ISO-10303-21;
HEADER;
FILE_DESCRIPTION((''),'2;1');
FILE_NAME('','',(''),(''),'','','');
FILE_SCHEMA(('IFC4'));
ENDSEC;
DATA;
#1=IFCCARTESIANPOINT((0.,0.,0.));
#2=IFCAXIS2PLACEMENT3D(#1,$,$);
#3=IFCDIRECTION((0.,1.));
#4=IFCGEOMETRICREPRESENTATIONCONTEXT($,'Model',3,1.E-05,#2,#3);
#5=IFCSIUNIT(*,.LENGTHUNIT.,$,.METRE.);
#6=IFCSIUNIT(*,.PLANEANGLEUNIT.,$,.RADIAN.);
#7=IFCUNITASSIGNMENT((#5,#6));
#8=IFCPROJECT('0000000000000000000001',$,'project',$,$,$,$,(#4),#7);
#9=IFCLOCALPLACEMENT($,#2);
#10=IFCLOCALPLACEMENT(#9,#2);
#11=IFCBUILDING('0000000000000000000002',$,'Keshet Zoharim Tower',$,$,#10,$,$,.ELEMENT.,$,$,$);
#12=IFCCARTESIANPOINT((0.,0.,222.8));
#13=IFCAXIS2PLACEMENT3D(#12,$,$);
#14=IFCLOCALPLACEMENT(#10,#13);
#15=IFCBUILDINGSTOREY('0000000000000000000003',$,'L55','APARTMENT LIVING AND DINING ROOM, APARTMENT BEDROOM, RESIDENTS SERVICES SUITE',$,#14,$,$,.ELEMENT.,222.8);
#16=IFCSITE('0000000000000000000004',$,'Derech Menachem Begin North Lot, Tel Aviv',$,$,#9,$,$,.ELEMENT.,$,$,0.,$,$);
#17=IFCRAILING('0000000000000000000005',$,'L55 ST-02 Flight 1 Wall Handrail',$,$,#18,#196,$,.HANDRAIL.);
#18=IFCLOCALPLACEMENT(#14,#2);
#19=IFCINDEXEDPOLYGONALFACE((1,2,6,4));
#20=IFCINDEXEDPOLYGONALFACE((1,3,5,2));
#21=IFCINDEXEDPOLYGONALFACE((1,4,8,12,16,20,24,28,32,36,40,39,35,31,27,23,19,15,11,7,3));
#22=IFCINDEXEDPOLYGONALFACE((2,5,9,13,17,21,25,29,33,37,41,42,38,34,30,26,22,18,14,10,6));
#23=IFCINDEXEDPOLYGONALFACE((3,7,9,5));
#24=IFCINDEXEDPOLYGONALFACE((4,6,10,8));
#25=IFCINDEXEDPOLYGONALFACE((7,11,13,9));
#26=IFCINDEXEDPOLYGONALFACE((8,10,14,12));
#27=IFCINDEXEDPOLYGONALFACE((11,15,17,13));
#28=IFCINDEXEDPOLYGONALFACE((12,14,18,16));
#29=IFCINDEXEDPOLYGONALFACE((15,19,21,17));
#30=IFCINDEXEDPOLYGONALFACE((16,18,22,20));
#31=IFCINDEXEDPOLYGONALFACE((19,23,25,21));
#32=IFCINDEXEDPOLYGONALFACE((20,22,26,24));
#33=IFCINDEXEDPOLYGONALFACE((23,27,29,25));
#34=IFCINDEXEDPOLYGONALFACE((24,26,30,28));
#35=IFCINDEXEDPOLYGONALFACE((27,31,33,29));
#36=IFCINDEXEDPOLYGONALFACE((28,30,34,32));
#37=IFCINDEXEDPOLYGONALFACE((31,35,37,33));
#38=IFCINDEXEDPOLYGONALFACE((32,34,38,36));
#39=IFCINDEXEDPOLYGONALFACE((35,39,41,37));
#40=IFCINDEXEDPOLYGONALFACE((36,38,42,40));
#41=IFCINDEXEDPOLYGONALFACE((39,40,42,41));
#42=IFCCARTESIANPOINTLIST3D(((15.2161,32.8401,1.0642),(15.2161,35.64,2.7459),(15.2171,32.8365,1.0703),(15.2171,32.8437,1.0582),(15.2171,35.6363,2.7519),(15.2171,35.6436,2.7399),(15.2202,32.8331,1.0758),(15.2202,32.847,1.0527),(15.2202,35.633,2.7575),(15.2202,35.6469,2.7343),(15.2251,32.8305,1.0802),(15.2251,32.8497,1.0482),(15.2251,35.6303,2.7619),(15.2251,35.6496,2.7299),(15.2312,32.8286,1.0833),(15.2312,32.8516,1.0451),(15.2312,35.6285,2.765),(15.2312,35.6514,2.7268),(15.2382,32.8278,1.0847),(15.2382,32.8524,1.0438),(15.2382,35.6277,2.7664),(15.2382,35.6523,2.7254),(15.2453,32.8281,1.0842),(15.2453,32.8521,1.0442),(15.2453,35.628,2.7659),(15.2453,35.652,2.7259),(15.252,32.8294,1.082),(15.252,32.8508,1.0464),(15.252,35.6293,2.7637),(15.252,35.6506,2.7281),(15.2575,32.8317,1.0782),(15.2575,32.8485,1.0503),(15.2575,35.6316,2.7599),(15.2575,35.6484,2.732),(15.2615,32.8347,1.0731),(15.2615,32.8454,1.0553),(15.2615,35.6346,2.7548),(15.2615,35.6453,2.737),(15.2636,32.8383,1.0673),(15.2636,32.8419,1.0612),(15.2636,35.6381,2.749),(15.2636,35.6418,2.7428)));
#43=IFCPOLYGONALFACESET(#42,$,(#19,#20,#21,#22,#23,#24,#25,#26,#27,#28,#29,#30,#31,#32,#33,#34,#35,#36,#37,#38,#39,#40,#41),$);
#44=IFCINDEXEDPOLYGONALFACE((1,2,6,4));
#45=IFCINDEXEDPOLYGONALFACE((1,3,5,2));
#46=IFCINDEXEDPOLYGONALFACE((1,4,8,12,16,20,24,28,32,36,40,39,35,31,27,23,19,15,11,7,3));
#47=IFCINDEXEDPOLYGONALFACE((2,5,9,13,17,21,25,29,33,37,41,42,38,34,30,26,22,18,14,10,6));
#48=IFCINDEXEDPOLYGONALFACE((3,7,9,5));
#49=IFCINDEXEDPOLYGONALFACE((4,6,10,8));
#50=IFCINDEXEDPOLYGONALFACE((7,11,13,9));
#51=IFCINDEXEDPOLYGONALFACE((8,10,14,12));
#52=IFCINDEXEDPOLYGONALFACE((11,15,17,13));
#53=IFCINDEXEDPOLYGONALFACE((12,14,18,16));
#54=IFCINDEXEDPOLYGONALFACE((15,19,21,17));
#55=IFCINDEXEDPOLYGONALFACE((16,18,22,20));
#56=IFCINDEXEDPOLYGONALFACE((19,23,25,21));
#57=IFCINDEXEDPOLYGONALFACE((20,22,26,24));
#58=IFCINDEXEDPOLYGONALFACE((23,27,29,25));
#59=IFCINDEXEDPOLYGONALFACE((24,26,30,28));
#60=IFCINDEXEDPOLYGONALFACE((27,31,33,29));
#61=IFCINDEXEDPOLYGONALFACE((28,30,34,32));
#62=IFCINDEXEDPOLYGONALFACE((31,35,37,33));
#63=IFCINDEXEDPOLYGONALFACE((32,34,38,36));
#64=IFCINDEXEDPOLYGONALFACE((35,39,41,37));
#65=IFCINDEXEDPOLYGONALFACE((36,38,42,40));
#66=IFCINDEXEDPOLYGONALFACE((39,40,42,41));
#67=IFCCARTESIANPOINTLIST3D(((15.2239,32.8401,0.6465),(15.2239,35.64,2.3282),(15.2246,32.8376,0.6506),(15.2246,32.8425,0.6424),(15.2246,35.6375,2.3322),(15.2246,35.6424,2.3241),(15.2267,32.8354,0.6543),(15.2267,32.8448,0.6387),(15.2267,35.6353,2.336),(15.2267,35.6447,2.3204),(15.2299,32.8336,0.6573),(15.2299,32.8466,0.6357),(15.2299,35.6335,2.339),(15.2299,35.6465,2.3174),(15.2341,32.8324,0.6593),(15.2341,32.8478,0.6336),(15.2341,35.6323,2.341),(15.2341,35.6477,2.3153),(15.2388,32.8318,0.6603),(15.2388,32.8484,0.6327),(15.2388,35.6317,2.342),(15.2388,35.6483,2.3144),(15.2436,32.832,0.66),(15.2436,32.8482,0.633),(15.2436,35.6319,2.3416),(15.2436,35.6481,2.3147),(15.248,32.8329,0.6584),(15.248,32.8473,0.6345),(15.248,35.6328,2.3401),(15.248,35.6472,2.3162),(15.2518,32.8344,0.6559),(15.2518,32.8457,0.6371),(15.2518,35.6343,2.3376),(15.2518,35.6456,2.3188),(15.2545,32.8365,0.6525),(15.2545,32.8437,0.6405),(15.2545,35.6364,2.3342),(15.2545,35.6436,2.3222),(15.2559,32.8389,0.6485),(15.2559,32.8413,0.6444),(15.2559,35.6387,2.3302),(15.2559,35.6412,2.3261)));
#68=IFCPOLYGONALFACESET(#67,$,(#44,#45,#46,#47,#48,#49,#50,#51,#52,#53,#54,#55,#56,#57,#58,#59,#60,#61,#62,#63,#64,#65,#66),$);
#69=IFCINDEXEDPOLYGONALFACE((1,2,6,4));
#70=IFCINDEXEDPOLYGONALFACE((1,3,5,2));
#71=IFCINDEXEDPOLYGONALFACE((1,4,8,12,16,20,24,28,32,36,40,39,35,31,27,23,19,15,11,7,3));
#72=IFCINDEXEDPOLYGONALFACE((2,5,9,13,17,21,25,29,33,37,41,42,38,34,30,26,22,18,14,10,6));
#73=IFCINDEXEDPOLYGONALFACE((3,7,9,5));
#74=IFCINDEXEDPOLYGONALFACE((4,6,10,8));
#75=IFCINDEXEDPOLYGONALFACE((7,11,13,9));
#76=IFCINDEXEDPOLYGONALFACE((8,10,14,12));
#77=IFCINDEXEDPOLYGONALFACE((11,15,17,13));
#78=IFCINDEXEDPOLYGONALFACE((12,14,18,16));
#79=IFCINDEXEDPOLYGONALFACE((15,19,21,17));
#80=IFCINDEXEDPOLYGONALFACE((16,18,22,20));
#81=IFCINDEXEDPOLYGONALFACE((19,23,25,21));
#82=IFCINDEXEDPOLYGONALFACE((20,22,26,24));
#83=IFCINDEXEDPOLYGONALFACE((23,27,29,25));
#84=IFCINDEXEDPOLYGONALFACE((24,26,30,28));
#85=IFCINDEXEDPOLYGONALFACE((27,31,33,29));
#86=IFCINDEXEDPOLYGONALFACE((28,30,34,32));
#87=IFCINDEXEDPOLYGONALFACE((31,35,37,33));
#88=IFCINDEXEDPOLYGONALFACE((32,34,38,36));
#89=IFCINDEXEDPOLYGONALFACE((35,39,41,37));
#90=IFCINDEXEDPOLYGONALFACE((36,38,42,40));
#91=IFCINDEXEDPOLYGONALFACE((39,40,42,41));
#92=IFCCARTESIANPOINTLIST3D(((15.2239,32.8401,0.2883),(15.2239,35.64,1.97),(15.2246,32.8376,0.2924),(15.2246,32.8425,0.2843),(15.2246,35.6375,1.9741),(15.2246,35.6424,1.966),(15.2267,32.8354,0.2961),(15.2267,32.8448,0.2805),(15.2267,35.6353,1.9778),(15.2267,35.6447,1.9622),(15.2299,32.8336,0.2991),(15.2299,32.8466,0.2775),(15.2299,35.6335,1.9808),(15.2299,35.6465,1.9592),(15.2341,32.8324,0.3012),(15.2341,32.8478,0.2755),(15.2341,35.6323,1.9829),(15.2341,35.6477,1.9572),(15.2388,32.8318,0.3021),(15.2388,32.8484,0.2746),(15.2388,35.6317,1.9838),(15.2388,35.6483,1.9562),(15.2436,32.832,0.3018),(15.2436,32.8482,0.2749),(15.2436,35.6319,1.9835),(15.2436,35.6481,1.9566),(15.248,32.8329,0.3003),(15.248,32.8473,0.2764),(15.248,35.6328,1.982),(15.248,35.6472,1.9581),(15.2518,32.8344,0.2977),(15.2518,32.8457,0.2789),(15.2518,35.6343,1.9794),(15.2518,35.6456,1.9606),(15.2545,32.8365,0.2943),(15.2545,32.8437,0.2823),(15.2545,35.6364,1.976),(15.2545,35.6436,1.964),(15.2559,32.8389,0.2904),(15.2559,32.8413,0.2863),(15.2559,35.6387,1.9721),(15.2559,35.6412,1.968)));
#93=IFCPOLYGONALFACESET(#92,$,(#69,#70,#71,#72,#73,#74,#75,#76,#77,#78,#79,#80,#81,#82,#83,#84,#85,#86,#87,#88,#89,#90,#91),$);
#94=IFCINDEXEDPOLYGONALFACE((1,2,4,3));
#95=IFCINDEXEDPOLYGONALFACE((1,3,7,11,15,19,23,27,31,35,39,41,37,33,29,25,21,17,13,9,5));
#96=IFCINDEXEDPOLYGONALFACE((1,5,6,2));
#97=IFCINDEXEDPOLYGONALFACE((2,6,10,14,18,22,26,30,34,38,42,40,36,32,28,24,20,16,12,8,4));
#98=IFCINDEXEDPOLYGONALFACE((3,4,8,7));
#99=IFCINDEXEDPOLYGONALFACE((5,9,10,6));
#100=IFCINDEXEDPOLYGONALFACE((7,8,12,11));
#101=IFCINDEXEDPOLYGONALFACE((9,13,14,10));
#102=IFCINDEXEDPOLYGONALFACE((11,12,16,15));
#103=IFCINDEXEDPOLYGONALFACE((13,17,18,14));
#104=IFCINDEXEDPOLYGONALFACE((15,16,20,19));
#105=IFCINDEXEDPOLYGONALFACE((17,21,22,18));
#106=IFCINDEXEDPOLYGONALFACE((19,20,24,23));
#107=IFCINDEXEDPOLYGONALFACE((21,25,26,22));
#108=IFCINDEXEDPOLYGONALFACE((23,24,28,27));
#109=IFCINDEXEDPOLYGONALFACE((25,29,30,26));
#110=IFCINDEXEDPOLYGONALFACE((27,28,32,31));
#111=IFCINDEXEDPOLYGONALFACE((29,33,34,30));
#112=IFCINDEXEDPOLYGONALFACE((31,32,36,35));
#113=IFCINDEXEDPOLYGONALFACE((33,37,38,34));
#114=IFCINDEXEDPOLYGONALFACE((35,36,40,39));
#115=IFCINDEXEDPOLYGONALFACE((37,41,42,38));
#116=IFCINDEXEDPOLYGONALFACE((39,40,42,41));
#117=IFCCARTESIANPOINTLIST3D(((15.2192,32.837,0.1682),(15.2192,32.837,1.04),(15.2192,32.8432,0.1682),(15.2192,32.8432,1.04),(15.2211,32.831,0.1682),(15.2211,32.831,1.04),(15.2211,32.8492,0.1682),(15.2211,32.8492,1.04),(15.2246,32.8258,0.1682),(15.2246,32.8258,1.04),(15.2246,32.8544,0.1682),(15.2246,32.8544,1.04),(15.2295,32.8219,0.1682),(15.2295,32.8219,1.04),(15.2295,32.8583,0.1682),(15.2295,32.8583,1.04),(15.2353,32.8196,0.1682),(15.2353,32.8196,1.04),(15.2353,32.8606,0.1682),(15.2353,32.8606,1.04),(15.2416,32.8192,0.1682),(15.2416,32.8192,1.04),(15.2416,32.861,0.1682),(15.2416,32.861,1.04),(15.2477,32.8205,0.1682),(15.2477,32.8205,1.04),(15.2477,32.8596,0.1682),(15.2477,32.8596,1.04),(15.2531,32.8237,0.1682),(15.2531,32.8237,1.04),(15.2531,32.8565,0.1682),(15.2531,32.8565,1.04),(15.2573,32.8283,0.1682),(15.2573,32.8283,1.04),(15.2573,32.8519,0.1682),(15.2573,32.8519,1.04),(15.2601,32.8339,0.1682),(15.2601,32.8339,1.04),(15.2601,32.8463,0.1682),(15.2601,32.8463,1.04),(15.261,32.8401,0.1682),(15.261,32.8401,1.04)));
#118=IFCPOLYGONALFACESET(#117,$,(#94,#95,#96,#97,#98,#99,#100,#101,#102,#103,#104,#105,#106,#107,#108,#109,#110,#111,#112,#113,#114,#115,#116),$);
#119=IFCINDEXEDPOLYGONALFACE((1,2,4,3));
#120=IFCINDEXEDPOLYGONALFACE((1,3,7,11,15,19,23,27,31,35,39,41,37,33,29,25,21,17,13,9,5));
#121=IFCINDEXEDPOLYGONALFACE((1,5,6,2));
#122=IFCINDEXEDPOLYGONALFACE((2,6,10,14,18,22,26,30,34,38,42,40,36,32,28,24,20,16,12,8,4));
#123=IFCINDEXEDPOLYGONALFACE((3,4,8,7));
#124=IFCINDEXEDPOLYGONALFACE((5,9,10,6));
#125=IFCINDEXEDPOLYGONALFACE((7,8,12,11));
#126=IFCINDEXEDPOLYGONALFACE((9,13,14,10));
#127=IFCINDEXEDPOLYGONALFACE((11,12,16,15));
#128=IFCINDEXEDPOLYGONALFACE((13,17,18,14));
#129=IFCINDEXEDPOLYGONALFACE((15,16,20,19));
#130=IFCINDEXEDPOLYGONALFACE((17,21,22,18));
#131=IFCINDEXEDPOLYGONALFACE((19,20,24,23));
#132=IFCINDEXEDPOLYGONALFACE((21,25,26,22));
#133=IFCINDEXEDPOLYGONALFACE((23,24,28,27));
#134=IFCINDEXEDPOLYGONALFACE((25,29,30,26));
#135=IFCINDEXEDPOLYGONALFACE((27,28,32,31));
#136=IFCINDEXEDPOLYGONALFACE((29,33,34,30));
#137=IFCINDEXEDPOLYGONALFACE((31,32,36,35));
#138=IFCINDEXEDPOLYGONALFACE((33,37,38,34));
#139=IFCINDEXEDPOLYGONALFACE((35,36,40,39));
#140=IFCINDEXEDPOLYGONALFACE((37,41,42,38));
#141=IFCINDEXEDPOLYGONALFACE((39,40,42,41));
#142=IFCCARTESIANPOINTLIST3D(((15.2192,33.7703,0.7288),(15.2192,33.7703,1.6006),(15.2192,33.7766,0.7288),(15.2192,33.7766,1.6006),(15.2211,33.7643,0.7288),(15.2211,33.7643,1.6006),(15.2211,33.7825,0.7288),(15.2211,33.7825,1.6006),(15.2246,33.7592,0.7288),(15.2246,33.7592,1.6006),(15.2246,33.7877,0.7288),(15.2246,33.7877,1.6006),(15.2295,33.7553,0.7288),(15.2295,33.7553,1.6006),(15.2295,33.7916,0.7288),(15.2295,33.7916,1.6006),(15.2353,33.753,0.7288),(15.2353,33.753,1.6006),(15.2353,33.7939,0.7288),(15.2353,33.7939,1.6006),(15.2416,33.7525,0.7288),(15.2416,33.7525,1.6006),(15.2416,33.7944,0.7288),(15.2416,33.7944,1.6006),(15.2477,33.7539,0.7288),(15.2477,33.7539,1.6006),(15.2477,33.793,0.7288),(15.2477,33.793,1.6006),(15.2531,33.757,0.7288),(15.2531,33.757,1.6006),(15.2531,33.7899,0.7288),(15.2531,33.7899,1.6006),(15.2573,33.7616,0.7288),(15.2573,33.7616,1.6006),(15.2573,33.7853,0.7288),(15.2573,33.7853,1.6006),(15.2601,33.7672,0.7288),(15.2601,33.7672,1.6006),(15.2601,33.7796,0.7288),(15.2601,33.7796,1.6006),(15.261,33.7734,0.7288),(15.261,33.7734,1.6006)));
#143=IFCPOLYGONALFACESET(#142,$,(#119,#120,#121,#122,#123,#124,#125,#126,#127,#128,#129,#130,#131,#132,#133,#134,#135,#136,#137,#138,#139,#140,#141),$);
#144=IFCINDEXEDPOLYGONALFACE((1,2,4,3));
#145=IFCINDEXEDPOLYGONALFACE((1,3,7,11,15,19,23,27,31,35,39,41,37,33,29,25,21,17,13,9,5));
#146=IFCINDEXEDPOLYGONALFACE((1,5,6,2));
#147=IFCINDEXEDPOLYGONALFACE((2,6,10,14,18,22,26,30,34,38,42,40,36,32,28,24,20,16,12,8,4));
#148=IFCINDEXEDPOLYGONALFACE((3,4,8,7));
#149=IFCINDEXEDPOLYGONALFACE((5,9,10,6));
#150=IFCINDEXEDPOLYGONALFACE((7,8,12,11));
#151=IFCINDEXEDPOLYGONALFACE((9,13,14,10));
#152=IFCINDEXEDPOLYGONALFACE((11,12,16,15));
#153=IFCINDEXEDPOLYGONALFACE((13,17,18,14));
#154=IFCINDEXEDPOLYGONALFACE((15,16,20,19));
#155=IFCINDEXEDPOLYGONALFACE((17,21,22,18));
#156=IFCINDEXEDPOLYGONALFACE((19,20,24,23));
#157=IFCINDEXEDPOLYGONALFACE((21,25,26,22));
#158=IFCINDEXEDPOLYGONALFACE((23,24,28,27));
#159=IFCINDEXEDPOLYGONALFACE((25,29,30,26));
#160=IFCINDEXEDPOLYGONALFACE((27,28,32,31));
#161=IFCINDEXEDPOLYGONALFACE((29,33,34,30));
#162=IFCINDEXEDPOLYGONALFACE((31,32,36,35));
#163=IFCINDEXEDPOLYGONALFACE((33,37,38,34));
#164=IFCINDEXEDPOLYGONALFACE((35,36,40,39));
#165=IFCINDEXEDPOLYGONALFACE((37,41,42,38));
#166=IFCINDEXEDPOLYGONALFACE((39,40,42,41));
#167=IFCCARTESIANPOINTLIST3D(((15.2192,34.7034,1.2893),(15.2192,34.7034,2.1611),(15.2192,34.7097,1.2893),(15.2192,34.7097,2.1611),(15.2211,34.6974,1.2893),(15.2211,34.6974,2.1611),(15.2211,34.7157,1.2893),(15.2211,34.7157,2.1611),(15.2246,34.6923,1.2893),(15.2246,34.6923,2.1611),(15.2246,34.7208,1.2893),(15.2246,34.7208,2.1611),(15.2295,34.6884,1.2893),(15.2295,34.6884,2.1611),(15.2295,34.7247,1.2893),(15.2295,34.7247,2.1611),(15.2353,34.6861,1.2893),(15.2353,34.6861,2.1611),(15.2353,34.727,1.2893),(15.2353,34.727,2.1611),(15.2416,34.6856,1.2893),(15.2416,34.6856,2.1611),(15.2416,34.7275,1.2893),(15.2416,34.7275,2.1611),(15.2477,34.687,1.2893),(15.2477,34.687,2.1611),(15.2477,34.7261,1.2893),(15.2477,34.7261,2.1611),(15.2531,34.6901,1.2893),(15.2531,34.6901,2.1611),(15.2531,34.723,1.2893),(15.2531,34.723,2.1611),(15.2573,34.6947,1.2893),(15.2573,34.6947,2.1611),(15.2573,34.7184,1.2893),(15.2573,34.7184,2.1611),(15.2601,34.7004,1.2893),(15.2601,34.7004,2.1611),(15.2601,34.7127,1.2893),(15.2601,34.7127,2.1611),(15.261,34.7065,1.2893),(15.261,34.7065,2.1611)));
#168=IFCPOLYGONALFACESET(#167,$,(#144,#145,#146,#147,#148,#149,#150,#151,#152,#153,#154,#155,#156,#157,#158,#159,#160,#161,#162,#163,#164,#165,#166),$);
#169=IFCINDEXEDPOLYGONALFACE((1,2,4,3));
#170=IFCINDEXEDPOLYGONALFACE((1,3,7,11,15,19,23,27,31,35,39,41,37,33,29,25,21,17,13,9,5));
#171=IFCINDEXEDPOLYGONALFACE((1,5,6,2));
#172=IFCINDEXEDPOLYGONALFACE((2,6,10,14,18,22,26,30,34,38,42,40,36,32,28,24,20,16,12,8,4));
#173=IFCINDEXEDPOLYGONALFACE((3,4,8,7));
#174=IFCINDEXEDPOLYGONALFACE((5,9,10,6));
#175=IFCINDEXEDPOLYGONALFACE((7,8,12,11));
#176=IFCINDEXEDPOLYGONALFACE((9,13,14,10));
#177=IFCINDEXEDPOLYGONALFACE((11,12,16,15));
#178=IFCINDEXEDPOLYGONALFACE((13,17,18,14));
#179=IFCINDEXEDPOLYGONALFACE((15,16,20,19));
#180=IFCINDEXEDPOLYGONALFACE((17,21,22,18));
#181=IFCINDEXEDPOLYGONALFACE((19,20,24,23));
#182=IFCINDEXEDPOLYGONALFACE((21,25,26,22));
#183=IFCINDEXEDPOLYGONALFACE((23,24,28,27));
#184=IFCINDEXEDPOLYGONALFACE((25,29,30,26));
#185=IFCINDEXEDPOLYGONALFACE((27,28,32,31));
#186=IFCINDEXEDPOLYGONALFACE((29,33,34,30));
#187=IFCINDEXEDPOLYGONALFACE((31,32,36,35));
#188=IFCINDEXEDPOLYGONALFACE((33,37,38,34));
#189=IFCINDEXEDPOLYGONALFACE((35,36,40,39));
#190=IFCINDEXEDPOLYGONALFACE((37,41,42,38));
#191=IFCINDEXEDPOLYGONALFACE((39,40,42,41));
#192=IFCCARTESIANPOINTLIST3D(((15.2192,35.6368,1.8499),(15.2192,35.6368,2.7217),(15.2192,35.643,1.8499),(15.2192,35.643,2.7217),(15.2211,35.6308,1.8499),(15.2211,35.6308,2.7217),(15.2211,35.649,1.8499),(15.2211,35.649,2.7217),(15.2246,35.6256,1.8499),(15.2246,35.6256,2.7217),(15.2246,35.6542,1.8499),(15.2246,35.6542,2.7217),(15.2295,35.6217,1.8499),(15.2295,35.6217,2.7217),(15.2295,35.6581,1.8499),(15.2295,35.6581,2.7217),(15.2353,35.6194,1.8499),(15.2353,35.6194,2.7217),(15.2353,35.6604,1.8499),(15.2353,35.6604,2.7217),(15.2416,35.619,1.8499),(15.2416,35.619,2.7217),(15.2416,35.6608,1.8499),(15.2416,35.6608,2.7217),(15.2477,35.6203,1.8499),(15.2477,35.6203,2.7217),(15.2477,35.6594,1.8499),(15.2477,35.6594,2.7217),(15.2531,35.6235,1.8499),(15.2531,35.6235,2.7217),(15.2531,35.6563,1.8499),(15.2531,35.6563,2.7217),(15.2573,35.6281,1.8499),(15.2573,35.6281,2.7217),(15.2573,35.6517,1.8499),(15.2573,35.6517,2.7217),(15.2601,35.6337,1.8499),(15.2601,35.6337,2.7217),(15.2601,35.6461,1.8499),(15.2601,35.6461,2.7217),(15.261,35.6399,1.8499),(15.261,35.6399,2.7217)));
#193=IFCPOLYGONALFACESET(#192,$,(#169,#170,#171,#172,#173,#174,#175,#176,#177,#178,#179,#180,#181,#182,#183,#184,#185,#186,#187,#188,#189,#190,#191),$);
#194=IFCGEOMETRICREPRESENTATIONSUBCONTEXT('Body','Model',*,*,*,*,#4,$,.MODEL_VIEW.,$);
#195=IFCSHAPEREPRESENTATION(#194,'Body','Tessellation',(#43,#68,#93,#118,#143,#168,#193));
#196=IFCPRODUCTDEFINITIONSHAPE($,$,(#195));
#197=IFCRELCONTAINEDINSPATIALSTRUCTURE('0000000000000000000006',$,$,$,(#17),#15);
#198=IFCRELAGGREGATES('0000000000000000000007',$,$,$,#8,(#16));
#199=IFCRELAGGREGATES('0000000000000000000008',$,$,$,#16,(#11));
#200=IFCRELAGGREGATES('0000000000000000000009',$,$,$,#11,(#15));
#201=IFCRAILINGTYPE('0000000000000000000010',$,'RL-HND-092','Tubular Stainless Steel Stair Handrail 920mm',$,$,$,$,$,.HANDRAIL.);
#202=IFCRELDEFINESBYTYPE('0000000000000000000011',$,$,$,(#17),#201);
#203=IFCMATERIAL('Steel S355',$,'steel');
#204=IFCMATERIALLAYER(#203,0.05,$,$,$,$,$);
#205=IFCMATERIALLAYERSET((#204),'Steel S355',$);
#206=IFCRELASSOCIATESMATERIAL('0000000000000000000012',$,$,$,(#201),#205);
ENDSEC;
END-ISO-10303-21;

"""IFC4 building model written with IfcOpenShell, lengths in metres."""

from ifc_helpers import new_model, si_unit, direction, frame, origin, origin_2d, place, context, subcontext, project, spatial, circle, extrude, material, layer, layer_set, type_object, element, save


model = new_model("IFC4")

# Units and contexts
model_context = context("Model", 3, precision=1e-05, world=origin(), true_north=direction((0.0, 1.0)))
body_context = subcontext(model_context, "Body", "Model", "MODEL_VIEW")
ifc_project = project(units=[si_unit("LENGTHUNIT", "METRE"), si_unit("PLANEANGLEUNIT", "RADIAN")], contexts=[model_context])

# Site, building, storey
site_placement = place(None, origin())
site = spatial("IfcSite", under=ifc_project, at=site_placement, Name="Derech Menachem Begin North Lot, Tel Aviv", CompositionType="ELEMENT", RefElevation=0.0)
building_placement = place(site_placement, origin())
building = spatial("IfcBuilding", under=site, at=building_placement, Name="Keshet Zoharim Tower", CompositionType="ELEMENT")
storey_placement = place(building_placement, frame((0.0, 0.0, 222.8)))
storey = spatial("IfcBuildingStorey", under=building, at=storey_placement, Name="L55", Description="APARTMENT LIVING AND DINING ROOM, APARTMENT BEDROOM, RESIDENTS SERVICES SUITE", CompositionType="ELEMENT", Elevation=222.8)

# Shared definitions
ifc_material_1 = material(Name="Steel S355", Category="steel")

# Railing
ifc_layer_1 = layer(ifc_material_1, 0.05)
ifc_layer_set_1 = layer_set([ifc_layer_1], Name="Steel S355")
railing_type = type_object("IfcRailingType", Name="RL-HND-092", Description="Tubular Stainless Steel Stair Handrail 920mm", PredefinedType="HANDRAIL", material=ifc_layer_set_1)
railing_placement = place(storey_placement, frame((15.24, 32.8401, 0.1682)))
element("IfcRailing", 1, at=railing_placement, inside=storey, type_object=railing_type, Name="L55 ST-02 Flight 1 Wall Handrail", PredefinedType="HANDRAIL", context=body_context, shape_type="SweptSolid", body=[
    extrude(circle(Radius=0.0239, at=origin_2d()), frame((0.0, 0.0, 0.896), z_axis=(0.0, 0.857255, 0.514891), x_axis=(-1.0, 0.0, 0.0)), (0.0, 0.0, 1.0), 3.2661),
    extrude(circle(Radius=0.0161, at=origin_2d()), frame((0.0, 0.0, 0.4783), z_axis=(0.0, 0.857255, 0.514891), x_axis=(-1.0, 0.0, 0.0)), (0.0, 0.0, 1.0), 3.2661),
    extrude(circle(Radius=0.0161, at=origin_2d()), frame((0.0, 0.0, 0.1201), z_axis=(0.0, 0.857255, 0.514891), x_axis=(-1.0, 0.0, 0.0)), (0.0, 0.0, 1.0), 3.2661),
    extrude(circle(Radius=0.021, at=origin_2d()), origin(), (0.0, 0.0, 1.0), 0.8718),
    extrude(circle(Radius=0.021, at=origin_2d()), frame((0.0, 0.9333, 0.5605)), (0.0, 0.0, 1.0), 0.8718),
    extrude(circle(Radius=0.021, at=origin_2d()), frame((0.0, 1.8665, 1.1211)), (0.0, 0.0, 1.0), 0.8718),
    extrude(circle(Radius=0.021, at=origin_2d()), frame((0.0, 2.7998, 1.6816)), (0.0, 0.0, 1.0), 0.8718),
])

save(model, "model.ifc")
